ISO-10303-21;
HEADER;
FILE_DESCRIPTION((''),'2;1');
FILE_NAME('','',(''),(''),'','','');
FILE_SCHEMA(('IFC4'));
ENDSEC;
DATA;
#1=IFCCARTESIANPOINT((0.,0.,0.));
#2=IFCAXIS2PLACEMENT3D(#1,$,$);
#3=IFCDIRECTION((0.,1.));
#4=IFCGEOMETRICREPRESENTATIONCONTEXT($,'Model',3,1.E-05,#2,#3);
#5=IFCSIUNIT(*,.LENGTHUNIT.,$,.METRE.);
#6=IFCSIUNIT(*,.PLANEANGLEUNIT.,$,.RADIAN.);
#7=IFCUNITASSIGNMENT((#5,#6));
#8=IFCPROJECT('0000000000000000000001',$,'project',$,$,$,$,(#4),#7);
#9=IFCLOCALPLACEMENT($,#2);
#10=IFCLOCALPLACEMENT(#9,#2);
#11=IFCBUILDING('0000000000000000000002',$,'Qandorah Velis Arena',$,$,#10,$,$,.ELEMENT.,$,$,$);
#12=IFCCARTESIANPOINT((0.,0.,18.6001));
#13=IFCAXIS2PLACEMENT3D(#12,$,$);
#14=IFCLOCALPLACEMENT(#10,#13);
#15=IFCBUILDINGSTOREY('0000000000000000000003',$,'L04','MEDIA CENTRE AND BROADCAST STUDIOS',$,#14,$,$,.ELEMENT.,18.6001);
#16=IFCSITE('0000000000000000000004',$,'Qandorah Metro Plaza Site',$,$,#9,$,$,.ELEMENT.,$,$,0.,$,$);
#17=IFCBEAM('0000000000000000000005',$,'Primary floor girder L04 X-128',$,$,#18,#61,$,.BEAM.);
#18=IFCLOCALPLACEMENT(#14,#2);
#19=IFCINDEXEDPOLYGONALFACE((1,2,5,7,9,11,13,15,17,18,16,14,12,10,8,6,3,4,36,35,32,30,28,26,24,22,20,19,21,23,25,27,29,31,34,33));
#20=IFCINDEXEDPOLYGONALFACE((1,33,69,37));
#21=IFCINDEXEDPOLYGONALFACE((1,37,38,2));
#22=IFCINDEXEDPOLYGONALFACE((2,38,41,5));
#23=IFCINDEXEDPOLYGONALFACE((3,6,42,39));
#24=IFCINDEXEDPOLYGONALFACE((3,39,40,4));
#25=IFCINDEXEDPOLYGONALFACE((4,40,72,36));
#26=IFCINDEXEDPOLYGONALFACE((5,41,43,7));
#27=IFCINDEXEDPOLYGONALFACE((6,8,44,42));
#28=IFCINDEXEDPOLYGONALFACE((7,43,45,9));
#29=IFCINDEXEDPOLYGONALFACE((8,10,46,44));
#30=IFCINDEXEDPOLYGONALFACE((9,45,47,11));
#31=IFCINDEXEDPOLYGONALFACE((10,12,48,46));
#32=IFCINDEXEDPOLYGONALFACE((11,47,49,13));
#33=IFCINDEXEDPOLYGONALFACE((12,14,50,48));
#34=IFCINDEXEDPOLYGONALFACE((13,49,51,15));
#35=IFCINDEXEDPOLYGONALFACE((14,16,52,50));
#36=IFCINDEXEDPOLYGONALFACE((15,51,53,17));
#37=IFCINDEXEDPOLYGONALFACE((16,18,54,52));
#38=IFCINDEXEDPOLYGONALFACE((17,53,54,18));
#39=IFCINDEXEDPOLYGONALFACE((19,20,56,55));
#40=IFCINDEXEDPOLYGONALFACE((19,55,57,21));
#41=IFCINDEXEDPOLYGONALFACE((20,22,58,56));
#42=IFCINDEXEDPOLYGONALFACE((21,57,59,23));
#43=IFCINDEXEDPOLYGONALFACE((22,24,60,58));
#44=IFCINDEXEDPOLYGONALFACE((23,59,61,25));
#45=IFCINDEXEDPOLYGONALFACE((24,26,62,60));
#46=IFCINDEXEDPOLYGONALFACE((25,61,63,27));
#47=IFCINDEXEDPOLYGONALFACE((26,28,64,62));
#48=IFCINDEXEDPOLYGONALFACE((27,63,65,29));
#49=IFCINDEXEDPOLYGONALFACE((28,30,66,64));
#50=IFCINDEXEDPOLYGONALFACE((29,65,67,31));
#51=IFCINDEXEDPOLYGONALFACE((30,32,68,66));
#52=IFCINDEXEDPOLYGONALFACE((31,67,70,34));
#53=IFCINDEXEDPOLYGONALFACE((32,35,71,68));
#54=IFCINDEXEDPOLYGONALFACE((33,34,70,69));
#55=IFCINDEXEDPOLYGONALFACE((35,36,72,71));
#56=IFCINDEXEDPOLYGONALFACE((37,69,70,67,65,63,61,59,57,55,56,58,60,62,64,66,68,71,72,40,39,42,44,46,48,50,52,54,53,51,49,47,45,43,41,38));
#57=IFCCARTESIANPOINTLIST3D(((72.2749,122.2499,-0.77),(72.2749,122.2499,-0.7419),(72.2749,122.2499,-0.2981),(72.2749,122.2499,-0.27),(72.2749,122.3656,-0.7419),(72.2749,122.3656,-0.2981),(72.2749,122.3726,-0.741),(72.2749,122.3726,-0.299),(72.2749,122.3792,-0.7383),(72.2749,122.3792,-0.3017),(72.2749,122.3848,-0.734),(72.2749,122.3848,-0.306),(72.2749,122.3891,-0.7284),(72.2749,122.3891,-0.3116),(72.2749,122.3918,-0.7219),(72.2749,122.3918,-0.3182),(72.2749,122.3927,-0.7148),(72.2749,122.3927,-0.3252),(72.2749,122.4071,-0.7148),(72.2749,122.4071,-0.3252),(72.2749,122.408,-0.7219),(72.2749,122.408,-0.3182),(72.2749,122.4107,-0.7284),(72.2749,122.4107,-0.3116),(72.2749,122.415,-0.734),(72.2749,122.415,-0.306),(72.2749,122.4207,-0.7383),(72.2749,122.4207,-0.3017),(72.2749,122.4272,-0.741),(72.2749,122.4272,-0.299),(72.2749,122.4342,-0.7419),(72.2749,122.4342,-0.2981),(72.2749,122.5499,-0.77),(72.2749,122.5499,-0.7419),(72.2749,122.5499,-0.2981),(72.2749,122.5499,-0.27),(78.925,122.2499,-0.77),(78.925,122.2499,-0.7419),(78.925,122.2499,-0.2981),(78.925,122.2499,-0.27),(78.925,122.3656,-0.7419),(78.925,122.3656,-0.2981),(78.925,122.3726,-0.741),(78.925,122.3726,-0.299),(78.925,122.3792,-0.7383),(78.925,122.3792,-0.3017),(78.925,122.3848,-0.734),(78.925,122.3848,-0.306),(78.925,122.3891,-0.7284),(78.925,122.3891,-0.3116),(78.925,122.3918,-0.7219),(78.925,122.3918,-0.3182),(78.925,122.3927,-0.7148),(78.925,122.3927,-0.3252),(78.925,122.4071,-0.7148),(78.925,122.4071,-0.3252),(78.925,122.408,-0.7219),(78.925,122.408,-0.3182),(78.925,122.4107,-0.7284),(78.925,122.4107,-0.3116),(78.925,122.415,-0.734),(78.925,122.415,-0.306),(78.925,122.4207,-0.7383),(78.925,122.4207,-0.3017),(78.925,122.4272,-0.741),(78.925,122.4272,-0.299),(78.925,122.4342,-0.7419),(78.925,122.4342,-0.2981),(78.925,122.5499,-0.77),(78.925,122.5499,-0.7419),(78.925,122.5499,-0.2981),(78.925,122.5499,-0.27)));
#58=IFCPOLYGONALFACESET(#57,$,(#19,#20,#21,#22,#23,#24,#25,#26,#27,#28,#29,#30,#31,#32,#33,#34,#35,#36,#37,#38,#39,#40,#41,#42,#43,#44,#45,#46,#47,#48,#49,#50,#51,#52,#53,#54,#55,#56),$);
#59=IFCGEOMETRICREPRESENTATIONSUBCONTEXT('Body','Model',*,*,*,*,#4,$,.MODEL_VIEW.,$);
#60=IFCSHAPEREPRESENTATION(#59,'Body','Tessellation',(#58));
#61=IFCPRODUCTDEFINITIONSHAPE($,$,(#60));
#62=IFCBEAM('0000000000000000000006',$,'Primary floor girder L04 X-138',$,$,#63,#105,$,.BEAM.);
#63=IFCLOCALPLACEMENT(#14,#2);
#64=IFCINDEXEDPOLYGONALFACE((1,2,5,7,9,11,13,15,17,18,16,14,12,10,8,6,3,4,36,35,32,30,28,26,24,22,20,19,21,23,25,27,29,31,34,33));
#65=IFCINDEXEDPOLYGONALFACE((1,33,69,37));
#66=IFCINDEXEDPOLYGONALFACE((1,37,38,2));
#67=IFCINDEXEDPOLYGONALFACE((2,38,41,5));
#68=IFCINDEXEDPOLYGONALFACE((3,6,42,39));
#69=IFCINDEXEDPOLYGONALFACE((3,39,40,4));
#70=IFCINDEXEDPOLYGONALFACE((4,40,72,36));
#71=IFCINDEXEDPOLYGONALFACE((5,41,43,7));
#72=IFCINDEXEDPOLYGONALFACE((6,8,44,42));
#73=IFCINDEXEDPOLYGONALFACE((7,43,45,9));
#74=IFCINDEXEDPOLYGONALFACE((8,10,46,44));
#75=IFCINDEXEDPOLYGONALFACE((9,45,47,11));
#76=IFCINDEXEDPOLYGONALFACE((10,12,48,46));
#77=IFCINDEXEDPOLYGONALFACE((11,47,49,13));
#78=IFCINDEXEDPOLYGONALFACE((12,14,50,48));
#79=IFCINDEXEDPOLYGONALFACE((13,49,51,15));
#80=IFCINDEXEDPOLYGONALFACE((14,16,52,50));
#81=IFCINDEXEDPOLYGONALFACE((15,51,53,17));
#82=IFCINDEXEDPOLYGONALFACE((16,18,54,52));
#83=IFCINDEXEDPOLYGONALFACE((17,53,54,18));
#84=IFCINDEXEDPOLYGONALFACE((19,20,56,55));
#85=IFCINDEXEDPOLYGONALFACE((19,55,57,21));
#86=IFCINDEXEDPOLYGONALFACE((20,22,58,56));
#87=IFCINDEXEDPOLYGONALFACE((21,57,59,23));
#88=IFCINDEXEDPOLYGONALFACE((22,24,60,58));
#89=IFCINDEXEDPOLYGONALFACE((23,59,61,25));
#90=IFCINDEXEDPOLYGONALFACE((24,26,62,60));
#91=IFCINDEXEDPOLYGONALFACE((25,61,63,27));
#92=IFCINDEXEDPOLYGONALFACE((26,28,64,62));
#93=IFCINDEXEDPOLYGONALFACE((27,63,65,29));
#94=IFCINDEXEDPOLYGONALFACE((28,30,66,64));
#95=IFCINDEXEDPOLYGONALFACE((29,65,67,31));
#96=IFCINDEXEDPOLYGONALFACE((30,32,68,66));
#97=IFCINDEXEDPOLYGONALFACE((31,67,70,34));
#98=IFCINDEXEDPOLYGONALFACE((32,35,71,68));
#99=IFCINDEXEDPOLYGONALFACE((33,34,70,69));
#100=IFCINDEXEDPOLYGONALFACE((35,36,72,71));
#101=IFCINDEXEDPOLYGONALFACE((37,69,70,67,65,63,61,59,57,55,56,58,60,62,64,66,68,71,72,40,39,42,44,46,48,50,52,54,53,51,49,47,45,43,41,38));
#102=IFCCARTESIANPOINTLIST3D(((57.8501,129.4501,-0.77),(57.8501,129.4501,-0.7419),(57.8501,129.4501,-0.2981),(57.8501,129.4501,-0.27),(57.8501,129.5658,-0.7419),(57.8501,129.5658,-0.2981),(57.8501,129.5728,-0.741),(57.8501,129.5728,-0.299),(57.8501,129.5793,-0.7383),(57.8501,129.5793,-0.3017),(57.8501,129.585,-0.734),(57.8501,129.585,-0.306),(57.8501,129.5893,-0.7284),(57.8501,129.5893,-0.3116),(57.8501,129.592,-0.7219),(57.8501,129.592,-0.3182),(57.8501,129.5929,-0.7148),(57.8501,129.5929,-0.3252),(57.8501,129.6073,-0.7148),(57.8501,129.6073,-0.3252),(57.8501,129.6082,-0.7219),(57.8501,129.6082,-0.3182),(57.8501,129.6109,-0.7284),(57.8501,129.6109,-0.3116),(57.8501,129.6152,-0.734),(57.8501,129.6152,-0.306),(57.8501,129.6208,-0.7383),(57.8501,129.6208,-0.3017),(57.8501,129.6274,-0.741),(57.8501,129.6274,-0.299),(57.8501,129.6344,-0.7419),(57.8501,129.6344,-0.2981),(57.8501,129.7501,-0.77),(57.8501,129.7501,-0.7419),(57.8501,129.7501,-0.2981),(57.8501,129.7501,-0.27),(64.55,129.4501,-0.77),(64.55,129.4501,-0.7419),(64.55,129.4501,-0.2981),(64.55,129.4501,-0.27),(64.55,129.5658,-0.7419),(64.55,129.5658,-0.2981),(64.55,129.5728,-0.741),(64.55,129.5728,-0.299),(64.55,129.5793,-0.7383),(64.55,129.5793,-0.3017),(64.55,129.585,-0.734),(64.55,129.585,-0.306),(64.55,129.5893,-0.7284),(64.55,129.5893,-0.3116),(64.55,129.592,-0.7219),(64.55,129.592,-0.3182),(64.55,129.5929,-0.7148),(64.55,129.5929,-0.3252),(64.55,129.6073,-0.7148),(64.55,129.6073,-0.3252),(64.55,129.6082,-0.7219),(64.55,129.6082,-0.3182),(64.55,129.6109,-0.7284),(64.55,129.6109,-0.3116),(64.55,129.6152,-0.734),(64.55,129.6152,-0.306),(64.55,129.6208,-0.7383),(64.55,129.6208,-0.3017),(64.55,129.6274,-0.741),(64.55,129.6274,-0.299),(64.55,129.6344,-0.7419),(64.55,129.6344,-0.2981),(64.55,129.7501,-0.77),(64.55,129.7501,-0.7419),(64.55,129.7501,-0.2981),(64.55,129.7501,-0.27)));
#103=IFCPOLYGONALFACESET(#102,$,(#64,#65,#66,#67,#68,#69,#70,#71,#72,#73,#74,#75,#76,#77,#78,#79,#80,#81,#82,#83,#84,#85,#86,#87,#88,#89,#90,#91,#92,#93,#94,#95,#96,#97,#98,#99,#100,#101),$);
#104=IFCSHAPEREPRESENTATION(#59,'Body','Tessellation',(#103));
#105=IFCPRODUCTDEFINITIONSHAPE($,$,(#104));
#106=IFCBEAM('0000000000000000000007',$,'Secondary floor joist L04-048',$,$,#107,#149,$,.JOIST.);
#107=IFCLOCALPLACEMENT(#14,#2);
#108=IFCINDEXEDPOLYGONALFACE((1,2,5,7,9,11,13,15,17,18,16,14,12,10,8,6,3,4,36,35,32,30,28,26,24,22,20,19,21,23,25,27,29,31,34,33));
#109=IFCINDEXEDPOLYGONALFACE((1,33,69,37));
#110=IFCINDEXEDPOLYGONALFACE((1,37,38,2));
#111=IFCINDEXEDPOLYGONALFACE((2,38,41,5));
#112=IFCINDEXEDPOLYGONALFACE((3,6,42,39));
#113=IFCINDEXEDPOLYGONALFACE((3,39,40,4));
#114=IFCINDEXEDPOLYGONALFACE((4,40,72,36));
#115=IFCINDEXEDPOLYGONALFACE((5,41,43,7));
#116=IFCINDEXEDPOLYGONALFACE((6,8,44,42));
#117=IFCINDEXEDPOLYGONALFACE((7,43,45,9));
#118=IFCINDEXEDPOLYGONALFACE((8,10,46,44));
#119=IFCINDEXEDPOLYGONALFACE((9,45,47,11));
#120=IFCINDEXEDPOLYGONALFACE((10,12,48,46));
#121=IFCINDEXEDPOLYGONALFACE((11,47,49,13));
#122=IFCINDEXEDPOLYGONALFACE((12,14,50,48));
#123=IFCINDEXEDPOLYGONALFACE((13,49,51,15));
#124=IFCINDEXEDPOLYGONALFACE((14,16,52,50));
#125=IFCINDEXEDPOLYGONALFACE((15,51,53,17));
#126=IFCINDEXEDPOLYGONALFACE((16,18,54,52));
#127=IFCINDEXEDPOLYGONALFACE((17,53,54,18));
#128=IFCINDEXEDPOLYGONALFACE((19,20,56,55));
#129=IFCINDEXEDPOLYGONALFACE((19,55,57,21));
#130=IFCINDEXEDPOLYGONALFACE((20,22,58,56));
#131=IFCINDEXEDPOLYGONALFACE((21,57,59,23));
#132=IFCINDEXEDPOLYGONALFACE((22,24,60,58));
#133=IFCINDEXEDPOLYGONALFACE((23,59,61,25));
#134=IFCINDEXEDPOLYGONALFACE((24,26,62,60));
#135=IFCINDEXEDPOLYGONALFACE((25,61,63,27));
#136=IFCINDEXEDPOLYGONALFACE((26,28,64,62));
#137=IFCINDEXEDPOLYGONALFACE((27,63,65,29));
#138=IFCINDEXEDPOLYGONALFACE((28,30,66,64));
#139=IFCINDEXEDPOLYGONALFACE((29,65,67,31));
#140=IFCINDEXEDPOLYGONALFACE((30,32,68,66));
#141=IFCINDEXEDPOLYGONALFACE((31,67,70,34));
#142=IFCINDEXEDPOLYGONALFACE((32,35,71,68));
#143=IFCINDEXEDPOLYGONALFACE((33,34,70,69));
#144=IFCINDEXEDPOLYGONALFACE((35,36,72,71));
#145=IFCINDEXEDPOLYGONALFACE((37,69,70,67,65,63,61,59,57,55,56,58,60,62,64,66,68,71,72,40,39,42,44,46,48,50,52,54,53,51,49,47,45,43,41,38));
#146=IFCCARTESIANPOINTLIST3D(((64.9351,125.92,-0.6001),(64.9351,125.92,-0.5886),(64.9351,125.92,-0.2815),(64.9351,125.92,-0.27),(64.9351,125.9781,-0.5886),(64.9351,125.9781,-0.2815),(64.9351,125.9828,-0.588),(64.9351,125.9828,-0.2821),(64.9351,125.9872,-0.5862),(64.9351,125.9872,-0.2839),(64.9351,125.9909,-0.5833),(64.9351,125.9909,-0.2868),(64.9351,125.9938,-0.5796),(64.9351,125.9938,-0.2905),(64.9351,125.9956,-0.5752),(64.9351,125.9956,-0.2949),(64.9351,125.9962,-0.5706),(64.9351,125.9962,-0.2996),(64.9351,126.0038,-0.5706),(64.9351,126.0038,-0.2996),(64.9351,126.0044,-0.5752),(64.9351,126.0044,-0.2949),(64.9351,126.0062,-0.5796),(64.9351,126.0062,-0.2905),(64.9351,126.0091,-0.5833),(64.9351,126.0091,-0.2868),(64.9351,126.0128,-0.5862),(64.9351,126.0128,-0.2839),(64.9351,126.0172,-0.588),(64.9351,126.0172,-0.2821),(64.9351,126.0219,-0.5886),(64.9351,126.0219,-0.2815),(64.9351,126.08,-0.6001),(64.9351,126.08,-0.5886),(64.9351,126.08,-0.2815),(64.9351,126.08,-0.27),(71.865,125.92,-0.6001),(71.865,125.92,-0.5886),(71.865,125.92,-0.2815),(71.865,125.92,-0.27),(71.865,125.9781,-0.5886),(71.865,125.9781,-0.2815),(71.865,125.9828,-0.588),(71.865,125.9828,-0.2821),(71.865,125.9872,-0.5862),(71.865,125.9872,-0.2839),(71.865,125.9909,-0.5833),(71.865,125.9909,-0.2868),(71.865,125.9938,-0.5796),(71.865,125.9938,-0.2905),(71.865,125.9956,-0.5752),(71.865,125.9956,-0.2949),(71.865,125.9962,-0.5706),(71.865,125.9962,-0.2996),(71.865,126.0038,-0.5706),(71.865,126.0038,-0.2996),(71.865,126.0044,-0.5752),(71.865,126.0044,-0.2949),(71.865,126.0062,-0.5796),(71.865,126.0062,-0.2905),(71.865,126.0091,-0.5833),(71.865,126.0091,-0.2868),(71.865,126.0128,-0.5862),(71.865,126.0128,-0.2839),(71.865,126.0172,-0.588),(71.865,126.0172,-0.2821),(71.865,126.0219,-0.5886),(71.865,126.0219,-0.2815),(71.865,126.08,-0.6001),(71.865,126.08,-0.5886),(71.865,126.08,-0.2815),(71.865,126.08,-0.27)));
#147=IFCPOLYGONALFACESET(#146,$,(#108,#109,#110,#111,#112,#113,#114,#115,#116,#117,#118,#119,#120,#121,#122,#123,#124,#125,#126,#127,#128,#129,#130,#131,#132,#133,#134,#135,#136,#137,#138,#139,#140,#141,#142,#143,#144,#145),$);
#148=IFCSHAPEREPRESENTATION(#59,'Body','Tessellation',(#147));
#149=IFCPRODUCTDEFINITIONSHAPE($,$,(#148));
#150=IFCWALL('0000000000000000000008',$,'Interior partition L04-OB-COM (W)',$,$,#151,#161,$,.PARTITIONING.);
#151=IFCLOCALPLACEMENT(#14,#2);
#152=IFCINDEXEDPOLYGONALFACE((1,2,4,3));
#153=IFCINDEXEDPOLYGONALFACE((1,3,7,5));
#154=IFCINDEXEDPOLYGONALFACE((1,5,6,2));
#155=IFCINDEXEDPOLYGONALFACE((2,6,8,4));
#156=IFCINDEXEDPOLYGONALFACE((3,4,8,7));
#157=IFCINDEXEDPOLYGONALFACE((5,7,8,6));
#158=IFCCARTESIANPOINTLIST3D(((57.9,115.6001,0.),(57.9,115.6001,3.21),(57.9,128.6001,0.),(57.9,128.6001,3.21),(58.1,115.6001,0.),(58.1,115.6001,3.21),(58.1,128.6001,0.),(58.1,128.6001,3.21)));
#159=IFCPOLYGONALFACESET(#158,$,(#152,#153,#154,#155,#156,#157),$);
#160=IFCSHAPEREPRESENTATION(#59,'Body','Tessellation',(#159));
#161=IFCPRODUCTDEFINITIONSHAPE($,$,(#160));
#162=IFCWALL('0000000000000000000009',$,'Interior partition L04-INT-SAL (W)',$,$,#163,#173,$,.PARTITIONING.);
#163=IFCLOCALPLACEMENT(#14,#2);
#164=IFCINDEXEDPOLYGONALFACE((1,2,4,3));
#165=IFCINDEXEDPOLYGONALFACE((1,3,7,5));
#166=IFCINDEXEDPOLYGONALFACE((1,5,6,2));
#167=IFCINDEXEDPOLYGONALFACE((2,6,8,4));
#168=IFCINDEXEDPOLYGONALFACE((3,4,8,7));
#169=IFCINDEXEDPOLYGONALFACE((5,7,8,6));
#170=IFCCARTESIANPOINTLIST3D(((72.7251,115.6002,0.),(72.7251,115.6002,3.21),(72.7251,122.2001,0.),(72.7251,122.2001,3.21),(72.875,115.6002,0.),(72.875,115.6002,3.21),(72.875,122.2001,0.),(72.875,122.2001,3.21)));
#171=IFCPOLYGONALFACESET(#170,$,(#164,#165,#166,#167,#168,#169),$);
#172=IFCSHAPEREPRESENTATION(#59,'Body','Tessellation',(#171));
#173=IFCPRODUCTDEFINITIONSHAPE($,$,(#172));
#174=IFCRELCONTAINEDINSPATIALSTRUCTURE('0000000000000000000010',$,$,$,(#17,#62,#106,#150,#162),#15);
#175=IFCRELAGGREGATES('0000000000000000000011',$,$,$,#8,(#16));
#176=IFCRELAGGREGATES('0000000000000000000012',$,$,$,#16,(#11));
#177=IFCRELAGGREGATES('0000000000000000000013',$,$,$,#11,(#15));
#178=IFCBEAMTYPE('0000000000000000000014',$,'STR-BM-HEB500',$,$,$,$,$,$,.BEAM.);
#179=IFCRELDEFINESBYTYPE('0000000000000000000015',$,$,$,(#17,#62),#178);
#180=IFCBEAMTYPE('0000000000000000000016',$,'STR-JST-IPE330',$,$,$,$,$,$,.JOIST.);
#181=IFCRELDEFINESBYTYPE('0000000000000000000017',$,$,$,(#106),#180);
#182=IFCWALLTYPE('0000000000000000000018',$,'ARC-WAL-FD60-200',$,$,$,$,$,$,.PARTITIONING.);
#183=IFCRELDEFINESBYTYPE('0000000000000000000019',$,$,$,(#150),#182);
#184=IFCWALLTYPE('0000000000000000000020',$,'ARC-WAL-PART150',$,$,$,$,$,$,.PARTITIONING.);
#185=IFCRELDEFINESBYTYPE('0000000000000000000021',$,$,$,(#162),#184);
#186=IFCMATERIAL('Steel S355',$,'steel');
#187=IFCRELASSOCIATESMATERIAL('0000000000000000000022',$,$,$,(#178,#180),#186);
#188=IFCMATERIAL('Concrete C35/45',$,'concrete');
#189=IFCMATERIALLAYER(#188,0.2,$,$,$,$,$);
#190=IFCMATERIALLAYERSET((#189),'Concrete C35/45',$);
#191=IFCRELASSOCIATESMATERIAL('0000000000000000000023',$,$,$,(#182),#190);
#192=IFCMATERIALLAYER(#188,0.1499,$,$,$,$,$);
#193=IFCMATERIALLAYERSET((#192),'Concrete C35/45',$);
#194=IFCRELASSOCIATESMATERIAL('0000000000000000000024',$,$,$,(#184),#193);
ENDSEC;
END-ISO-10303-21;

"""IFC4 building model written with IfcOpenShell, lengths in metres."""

from ifc_helpers import new_model, si_unit, direction, frame, frame_2d, origin, origin_2d, place, context, subcontext, project, spatial, rectangle, i_section, extrude, material, layer, layer_set, material_profile, profile_set, type_object, element, save


model = new_model("IFC4")

# Units and contexts
model_context = context("Model", 3, precision=1e-05, world=origin(), true_north=direction((0.0, 1.0)))
body_context = subcontext(model_context, "Body", "Model", "MODEL_VIEW")
ifc_project = project(units=[si_unit("LENGTHUNIT", "METRE"), si_unit("PLANEANGLEUNIT", "RADIAN")], contexts=[model_context])

# Site, building, storey
site_placement = place(None, origin())
site = spatial("IfcSite", under=ifc_project, at=site_placement, Name="Qandorah Metro Plaza Site", CompositionType="ELEMENT", RefElevation=0.0)
building_placement = place(site_placement, origin())
building = spatial("IfcBuilding", under=site, at=building_placement, Name="Qandorah Velis Arena", CompositionType="ELEMENT")
storey_placement = place(building_placement, frame((0.0, 0.0, 18.6001)))
storey = spatial("IfcBuildingStorey", under=building, at=storey_placement, Name="L04", Description="MEDIA CENTRE AND BROADCAST STUDIOS", CompositionType="ELEMENT", Elevation=18.6001)

# Shared definitions
ifc_material_1 = material(Name="Steel S355", Category="steel")

# Beams
ifc_material_profile_1 = material_profile(ifc_material_1, i_section(OverallWidth=0.3, OverallDepth=0.5, WebThickness=0.0144, FlangeThickness=0.0281, FilletRadius=0.0271, at=origin_2d()), Name="HEB 500")
ifc_profile_set_1 = profile_set([ifc_material_profile_1], Name="Steel S355")
beam_type_1 = type_object("IfcBeamType", Name="STR-BM-HEB500", PredefinedType="BEAM", material=ifc_profile_set_1)
for number, where, z_axis, x_axis, name in (
    (1, (72.2749, 122.3999, -0.52), (1.0, 0.0, 0.0), (0.0, 1.0, 0.0), "Primary floor girder L04 X-128"),
):
    element("IfcBeam", number, at=place(storey_placement, frame(where, z_axis=z_axis, x_axis=x_axis)), inside=storey, type_object=beam_type_1, Name=name, PredefinedType="BEAM", context=body_context, shape_type="SweptSolid", body=[
        extrude(i_section(OverallWidth=0.3, OverallDepth=0.5, WebThickness=0.0144, FlangeThickness=0.0281, FilletRadius=0.0271, at=origin_2d()), origin(), (0.0, 0.0, 1.0), 6.6501),
    ])
beam_1_placement = place(storey_placement, frame((57.8501, 129.6001, -0.52), z_axis=(1.0, 0.0, 0.0), x_axis=(0.0, 1.0, 0.0)))
element("IfcBeam", 2, at=beam_1_placement, inside=storey, type_object=beam_type_1, Name="Primary floor girder L04 X-138", PredefinedType="BEAM", context=body_context, shape_type="SweptSolid", body=[
    extrude(i_section(OverallWidth=0.3, OverallDepth=0.5, WebThickness=0.0144, FlangeThickness=0.0281, FilletRadius=0.0271, at=origin_2d()), origin(), (0.0, 0.0, 1.0), 6.7),
])
ifc_material_profile_2 = material_profile(ifc_material_1, i_section(OverallWidth=0.1599, OverallDepth=0.3301, WebThickness=0.0076, FlangeThickness=0.0115, FilletRadius=0.0181, at=origin_2d()), Name="IPE 330")
ifc_profile_set_2 = profile_set([ifc_material_profile_2], Name="Steel S355")
beam_type_2 = type_object("IfcBeamType", Name="STR-JST-IPE330", PredefinedType="JOIST", material=ifc_profile_set_2)
beam_2_placement = place(storey_placement, frame((64.9351, 126.0, -0.4351), z_axis=(1.0, 0.0, 0.0), x_axis=(0.0, 1.0, 0.0)))
element("IfcBeam", 3, at=beam_2_placement, inside=storey, type_object=beam_type_2, Name="Secondary floor joist L04-048", PredefinedType="JOIST", context=body_context, shape_type="SweptSolid", body=[
    extrude(i_section(OverallWidth=0.1599, OverallDepth=0.3301, WebThickness=0.0076, FlangeThickness=0.0115, FilletRadius=0.0181, at=origin_2d()), origin(), (0.0, 0.0, 1.0), 6.9299),
])

# Walls
ifc_material_2 = material(Name="Concrete C35/45", Category="concrete")
ifc_layer_1 = layer(ifc_material_2, 0.2)
ifc_layer_set_1 = layer_set([ifc_layer_1], Name="Concrete C35/45")
wall_type_1 = type_object("IfcWallType", Name="ARC-WAL-FD60-200", PredefinedType="PARTITIONING", material=ifc_layer_set_1)
wall_1_placement = place(storey_placement, frame((58.0, 128.6001, 0.0), z_axis=(0.0, 0.0, 1.0), x_axis=(0.0, -1.0, 0.0)))
element("IfcWall", 4, at=wall_1_placement, inside=storey, type_object=wall_type_1, Name="Interior partition L04-OB-COM (W)", PredefinedType="PARTITIONING", context=body_context, shape_type="SweptSolid", body=[
    extrude(rectangle(XDim=13.0, YDim=0.2, at=frame_2d((6.5, 0.0))), origin(), (0.0, 0.0, 1.0), 3.21),
])
ifc_layer_2 = layer(ifc_material_2, 0.1499)
ifc_layer_set_2 = layer_set([ifc_layer_2], Name="Concrete C35/45")
wall_type_2 = type_object("IfcWallType", Name="ARC-WAL-PART150", PredefinedType="PARTITIONING", material=ifc_layer_set_2)
wall_2_placement = place(storey_placement, frame((72.8, 122.2, 0.0), z_axis=(0.0, 0.0, 1.0), x_axis=(0.0, -1.0, 0.0)))
element("IfcWall", 5, at=wall_2_placement, inside=storey, type_object=wall_type_2, Name="Interior partition L04-INT-SAL (W)", PredefinedType="PARTITIONING", context=body_context, shape_type="SweptSolid", body=[
    extrude(rectangle(XDim=6.5999, YDim=0.1499, at=frame_2d((3.2998, 0.0))), origin(), (0.0, 0.0, 1.0), 3.21),
])

save(model, "model.ifc")
